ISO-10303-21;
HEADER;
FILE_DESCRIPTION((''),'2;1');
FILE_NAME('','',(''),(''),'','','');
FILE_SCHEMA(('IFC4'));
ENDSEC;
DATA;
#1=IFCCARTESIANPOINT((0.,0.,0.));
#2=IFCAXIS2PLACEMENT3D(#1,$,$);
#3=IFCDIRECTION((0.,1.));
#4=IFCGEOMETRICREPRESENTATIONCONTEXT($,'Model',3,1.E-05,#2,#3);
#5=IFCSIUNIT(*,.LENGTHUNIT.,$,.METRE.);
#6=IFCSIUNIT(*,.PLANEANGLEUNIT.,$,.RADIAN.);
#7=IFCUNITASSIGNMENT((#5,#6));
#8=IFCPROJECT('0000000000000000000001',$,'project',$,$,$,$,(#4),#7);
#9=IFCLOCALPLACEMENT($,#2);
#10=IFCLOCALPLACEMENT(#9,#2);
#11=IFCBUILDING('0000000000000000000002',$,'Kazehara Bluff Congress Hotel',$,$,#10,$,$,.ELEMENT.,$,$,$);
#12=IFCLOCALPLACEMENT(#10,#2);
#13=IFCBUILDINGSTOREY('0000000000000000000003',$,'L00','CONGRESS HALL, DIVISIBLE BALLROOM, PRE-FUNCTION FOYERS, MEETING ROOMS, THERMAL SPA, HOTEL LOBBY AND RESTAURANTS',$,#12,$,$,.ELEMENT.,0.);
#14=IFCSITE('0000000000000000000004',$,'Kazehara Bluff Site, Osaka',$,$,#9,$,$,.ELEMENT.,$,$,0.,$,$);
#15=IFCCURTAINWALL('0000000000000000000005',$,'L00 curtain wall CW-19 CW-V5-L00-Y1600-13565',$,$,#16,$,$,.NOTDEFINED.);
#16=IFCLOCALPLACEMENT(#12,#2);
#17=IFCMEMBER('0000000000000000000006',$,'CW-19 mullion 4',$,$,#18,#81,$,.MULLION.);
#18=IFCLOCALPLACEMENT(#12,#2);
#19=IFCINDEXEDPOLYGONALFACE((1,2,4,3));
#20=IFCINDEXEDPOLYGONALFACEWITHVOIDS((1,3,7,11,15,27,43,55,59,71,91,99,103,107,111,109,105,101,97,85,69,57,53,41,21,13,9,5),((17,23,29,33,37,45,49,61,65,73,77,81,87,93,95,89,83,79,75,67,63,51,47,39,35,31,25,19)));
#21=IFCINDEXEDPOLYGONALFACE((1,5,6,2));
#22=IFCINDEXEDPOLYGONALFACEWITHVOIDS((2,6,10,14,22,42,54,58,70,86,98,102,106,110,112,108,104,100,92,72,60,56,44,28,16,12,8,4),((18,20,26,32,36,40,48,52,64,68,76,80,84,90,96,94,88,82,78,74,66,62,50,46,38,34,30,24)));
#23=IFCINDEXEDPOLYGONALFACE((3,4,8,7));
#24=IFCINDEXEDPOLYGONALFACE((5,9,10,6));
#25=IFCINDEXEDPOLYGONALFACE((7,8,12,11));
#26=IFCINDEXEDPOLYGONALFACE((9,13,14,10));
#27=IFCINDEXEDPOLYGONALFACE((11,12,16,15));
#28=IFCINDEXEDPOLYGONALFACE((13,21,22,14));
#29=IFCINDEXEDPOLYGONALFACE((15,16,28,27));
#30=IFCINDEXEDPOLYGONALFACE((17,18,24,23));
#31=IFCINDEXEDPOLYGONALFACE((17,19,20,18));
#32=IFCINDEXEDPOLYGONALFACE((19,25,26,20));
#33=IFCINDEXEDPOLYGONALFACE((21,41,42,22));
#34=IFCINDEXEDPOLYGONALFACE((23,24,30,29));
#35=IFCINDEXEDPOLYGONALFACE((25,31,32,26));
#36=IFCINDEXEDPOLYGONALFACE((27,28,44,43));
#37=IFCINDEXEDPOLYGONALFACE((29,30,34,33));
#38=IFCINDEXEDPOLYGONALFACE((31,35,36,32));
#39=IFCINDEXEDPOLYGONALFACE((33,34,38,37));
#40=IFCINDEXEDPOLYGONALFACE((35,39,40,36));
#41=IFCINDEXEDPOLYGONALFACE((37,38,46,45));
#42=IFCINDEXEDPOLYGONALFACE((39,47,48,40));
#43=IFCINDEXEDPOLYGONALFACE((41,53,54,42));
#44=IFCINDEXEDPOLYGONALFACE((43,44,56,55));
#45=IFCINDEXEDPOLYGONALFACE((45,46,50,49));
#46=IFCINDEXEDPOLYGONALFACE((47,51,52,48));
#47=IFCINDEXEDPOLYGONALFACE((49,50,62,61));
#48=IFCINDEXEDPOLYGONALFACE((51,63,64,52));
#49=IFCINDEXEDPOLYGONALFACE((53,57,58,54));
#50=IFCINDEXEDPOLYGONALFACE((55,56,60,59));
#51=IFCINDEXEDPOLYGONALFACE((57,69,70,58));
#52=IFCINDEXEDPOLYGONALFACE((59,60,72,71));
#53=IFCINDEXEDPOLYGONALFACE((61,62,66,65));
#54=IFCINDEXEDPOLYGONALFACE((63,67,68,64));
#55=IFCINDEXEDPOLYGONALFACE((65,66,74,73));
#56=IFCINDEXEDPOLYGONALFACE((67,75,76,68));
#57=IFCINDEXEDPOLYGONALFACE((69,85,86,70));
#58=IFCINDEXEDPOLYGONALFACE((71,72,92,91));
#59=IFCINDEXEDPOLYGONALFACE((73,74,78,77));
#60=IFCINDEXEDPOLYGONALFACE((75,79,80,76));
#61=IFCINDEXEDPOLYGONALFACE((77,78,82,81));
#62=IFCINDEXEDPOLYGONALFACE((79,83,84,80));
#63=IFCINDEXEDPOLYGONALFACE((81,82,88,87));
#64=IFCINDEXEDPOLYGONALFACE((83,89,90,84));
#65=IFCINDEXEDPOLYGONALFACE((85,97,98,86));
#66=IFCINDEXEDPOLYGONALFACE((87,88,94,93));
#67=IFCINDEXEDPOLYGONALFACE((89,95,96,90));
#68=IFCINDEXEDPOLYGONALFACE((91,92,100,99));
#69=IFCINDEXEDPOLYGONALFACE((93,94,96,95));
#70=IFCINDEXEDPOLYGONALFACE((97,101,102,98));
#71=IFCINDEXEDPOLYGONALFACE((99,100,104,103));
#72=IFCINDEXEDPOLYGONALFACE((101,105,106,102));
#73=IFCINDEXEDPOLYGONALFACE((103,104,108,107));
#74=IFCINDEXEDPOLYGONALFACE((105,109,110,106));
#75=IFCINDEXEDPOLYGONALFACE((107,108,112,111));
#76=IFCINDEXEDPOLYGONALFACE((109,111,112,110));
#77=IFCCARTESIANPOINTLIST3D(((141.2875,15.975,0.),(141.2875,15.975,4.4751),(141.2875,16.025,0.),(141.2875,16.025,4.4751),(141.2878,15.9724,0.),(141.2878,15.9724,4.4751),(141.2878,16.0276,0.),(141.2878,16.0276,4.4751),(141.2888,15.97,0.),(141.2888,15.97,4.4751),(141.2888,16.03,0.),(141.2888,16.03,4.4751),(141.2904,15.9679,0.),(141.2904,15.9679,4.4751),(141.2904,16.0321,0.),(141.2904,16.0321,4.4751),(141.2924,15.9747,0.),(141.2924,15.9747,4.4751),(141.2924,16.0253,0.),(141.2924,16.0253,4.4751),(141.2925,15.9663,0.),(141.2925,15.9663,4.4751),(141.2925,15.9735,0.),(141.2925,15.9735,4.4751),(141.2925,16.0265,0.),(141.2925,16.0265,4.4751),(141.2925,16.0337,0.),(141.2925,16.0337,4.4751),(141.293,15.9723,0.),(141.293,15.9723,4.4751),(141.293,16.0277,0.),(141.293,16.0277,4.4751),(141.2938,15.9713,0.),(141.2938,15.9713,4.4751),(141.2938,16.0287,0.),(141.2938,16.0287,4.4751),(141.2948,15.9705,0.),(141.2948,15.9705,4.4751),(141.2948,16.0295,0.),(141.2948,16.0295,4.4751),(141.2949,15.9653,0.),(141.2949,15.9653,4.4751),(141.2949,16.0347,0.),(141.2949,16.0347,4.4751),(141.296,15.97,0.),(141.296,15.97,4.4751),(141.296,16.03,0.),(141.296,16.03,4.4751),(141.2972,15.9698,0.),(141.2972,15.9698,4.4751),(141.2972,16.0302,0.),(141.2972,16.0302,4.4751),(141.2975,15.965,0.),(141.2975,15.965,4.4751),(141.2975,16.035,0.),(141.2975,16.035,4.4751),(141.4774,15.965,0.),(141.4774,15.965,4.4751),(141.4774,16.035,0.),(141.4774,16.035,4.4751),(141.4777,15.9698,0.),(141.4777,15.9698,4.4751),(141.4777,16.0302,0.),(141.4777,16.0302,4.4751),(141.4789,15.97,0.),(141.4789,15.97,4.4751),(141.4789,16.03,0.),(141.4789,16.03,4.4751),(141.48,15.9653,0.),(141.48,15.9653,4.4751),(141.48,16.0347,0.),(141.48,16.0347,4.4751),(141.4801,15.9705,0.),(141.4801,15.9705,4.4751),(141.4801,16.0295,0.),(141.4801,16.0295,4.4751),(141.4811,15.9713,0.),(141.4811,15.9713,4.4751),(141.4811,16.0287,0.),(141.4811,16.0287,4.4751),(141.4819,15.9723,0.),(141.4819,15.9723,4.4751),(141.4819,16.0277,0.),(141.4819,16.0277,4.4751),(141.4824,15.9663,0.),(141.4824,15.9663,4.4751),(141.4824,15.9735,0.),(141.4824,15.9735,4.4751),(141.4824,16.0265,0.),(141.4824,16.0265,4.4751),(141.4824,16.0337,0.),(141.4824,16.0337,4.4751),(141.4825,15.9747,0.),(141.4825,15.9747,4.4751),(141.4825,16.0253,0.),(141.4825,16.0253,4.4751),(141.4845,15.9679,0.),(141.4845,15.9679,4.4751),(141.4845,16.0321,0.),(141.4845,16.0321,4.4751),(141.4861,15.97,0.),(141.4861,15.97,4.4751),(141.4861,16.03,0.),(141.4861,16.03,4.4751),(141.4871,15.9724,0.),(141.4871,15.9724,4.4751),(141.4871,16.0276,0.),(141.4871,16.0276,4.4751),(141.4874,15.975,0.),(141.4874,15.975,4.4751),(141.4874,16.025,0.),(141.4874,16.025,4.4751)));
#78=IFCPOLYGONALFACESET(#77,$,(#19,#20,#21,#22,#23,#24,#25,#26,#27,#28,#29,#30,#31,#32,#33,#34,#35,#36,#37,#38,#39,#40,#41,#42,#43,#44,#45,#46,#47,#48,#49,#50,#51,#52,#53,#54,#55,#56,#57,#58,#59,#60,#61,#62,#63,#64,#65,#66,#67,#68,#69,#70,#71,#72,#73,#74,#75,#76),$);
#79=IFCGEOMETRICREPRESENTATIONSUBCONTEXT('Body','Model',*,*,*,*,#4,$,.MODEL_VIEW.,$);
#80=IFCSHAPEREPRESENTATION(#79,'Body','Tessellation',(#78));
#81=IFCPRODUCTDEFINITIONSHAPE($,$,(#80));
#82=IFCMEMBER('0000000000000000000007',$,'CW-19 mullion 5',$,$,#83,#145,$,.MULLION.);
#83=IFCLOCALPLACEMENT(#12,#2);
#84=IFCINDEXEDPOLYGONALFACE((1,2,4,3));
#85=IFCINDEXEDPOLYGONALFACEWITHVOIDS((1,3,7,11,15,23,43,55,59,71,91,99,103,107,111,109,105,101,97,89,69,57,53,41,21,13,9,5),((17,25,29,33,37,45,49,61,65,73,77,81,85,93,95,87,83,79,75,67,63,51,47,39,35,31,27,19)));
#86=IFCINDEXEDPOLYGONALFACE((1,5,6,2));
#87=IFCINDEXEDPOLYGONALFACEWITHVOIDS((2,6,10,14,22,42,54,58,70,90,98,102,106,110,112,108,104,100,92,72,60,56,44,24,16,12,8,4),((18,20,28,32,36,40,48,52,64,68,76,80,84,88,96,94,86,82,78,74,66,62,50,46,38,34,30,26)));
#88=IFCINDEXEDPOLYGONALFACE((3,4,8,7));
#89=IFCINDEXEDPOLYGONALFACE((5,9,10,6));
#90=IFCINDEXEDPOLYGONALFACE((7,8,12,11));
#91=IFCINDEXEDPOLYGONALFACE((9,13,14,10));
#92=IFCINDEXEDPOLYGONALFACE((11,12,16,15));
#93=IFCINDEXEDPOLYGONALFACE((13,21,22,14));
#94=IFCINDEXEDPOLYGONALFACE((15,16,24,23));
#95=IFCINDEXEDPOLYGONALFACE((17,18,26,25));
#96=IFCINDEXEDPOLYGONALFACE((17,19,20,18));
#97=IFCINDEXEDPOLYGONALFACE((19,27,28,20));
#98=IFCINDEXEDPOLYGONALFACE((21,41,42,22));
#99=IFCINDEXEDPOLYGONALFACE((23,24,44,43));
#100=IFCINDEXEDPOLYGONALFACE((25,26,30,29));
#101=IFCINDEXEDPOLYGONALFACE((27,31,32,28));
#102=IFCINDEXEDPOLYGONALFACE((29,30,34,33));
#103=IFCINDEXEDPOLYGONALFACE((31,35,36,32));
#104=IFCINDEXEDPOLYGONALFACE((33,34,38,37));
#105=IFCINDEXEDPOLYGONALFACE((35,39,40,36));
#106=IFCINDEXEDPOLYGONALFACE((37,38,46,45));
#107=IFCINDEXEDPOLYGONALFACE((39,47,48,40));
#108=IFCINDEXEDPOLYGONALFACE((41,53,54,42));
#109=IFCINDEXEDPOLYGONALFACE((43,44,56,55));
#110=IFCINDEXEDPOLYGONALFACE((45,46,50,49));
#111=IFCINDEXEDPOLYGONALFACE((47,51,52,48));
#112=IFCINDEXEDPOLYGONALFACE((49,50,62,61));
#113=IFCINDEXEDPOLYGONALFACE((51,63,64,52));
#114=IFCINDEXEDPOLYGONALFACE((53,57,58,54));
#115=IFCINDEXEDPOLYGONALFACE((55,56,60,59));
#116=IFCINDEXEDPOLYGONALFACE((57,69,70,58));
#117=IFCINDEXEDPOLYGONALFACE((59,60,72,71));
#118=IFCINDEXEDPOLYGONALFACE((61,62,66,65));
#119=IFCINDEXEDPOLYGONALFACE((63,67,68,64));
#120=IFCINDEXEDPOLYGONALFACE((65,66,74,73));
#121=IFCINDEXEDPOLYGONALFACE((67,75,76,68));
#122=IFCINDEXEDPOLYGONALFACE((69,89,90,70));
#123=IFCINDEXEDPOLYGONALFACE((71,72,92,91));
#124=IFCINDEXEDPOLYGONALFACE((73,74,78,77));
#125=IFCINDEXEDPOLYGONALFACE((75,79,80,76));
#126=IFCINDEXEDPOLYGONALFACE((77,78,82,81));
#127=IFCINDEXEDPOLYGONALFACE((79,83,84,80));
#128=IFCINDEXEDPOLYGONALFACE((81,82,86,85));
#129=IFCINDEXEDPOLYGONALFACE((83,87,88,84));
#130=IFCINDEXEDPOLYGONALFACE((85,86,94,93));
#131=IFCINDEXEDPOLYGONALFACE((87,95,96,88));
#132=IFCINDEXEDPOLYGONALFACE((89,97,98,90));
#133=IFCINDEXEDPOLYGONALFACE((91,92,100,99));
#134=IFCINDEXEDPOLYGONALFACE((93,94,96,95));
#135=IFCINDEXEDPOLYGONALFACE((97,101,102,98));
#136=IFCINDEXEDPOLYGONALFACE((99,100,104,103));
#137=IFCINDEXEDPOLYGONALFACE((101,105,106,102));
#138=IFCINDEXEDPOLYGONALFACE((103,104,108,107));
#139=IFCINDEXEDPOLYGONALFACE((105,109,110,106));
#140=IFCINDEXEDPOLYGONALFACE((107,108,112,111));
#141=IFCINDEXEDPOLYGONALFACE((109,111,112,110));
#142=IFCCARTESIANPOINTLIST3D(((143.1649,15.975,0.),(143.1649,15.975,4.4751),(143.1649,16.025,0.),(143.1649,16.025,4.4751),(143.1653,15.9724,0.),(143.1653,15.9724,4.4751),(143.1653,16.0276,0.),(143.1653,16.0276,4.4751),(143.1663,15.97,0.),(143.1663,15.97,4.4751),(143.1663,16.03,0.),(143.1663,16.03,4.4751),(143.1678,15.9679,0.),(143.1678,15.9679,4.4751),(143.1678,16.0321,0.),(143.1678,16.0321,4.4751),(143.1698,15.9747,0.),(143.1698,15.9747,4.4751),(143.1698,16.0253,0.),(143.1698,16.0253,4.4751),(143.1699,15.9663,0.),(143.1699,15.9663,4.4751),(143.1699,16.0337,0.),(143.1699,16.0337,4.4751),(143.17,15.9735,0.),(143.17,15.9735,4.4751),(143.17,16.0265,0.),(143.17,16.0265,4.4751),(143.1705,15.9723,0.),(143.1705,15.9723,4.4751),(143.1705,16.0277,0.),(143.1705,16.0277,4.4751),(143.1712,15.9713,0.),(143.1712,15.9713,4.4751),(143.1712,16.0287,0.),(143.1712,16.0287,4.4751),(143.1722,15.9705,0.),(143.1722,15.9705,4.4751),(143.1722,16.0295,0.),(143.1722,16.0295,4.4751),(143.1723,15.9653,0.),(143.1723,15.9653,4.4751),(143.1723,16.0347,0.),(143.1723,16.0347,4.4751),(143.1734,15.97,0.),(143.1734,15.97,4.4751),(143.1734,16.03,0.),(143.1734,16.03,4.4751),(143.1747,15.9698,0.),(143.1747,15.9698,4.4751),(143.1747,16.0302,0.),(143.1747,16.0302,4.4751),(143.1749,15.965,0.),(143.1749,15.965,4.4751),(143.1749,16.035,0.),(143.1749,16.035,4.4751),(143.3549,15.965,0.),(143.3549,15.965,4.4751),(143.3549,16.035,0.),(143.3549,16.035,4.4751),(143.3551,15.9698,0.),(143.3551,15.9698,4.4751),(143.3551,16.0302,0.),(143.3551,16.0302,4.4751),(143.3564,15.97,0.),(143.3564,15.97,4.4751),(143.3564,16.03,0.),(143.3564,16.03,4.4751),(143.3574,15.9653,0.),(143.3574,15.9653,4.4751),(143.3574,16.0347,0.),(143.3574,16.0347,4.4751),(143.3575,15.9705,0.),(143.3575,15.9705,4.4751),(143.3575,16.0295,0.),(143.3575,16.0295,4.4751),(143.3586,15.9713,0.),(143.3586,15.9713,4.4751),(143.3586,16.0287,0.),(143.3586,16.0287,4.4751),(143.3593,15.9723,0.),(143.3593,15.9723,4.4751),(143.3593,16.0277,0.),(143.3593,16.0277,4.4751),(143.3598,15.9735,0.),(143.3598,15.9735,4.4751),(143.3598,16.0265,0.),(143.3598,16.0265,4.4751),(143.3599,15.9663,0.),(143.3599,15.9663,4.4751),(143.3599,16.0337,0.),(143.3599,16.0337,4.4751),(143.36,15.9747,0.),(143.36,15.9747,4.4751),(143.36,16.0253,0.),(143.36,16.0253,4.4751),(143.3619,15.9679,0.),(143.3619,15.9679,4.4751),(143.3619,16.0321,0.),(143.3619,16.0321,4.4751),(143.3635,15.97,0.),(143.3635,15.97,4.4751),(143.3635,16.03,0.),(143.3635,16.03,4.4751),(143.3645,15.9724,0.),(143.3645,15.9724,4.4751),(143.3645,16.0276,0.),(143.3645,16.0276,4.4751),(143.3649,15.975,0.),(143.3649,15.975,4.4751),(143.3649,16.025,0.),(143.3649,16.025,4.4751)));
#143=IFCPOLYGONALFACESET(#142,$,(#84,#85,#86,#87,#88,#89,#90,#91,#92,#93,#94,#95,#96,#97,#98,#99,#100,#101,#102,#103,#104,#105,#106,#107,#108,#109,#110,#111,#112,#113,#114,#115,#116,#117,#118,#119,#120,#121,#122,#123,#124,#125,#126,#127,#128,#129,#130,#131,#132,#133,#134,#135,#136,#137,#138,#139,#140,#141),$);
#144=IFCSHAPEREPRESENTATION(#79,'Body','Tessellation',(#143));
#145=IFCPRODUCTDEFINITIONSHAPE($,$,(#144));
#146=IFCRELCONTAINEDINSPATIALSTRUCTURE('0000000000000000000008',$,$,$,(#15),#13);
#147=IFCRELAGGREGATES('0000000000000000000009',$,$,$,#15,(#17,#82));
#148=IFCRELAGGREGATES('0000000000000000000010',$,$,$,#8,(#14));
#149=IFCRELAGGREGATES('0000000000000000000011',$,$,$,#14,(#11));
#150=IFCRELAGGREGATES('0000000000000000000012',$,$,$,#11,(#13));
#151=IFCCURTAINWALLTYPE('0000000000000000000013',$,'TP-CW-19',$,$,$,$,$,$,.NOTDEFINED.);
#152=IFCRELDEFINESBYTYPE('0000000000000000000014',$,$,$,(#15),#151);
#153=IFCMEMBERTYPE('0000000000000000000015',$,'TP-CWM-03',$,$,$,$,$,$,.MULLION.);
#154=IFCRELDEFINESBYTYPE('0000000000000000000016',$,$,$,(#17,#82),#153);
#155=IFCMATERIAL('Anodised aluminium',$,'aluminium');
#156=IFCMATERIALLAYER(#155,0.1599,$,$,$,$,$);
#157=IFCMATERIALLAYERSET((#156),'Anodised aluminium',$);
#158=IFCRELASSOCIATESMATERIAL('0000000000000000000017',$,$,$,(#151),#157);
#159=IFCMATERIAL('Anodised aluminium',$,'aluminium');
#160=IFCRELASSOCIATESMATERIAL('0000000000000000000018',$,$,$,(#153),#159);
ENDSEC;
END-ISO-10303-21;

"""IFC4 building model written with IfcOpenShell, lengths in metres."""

from ifc_helpers import new_model, si_unit, direction, frame, origin, origin_2d, place, context, subcontext, project, spatial, hollow_rectangle, extrude, material, layer, layer_set, material_profile, profile_set, type_object, element, aggregate, save


model = new_model("IFC4")

# Units and contexts
model_context = context("Model", 3, precision=1e-05, world=origin(), true_north=direction((0.0, 1.0)))
body_context = subcontext(model_context, "Body", "Model", "MODEL_VIEW")
ifc_project = project(units=[si_unit("LENGTHUNIT", "METRE"), si_unit("PLANEANGLEUNIT", "RADIAN")], contexts=[model_context])

# Site, building, storey
site_placement = place(None, origin())
site = spatial("IfcSite", under=ifc_project, at=site_placement, Name="Kazehara Bluff Site, Osaka", CompositionType="ELEMENT", RefElevation=0.0)
building_placement = place(site_placement, origin())
building = spatial("IfcBuilding", under=site, at=building_placement, Name="Kazehara Bluff Congress Hotel", CompositionType="ELEMENT")
storey_placement = place(building_placement, origin())
storey = spatial("IfcBuildingStorey", under=building, at=storey_placement, Name="L00", Description="CONGRESS HALL, DIVISIBLE BALLROOM, PRE-FUNCTION FOYERS, MEETING ROOMS, THERMAL SPA, HOTEL LOBBY AND RESTAURANTS", CompositionType="ELEMENT", Elevation=0.0)

# Curtain wall, members
ifc_material_1 = material(Name="Anodised aluminium", Category="aluminium")
ifc_layer_1 = layer(ifc_material_1, 0.1599)
ifc_layer_set_1 = layer_set([ifc_layer_1], Name="Anodised aluminium")
curtain_wall_type = type_object("IfcCurtainWallType", Name="TP-CW-19", PredefinedType="NOTDEFINED", material=ifc_layer_set_1)
curtain_wall_placement = place(storey_placement, origin())
curtain_wall = element("IfcCurtainWall", 1, at=curtain_wall_placement, inside=storey, type_object=curtain_wall_type, Name="L00 curtain wall CW-19 CW-V5-L00-Y1600-13565", PredefinedType="NOTDEFINED")
ifc_material_2 = material(Name="Anodised aluminium", Category="aluminium")
ifc_material_profile_1 = material_profile(ifc_material_2, hollow_rectangle(XDim=0.0701, YDim=0.2, WallThickness=0.0049, InnerFilletRadius=0.0049, OuterFilletRadius=0.01, at=origin_2d()))
ifc_profile_set_1 = profile_set([ifc_material_profile_1], Name="Anodised aluminium")
member_type_1 = type_object("IfcMemberType", Name="TP-CWM-03", PredefinedType="MULLION", material=ifc_profile_set_1)
member_1_placement = place(storey_placement, frame((141.3875, 16.0, 0.0), z_axis=(0.0, 0.0, 1.0), x_axis=(0.0, 1.0, 0.0)))
member_1 = element("IfcMember", 2, at=member_1_placement, type_object=member_type_1, Name="CW-19 mullion 4", PredefinedType="MULLION", context=body_context, shape_type="SweptSolid", body=[
    extrude(hollow_rectangle(XDim=0.0701, YDim=0.2, WallThickness=0.0049, InnerFilletRadius=0.0049, OuterFilletRadius=0.01, at=origin_2d()), origin(), (0.0, 0.0, 1.0), 4.4751),
])
member_2_placement = place(storey_placement, frame((143.2649, 16.0, 0.0), z_axis=(0.0, 0.0, 1.0), x_axis=(0.0, 1.0, 0.0)))
member_2 = element("IfcMember", 3, at=member_2_placement, type_object=member_type_1, Name="CW-19 mullion 5", PredefinedType="MULLION", context=body_context, shape_type="SweptSolid", body=[
    extrude(hollow_rectangle(XDim=0.0701, YDim=0.2, WallThickness=0.0049, InnerFilletRadius=0.0049, OuterFilletRadius=0.01, at=origin_2d()), origin(), (0.0, 0.0, 1.0), 4.4751),
])

aggregate(curtain_wall, [member_1, member_2])

save(model, "model.ifc")
